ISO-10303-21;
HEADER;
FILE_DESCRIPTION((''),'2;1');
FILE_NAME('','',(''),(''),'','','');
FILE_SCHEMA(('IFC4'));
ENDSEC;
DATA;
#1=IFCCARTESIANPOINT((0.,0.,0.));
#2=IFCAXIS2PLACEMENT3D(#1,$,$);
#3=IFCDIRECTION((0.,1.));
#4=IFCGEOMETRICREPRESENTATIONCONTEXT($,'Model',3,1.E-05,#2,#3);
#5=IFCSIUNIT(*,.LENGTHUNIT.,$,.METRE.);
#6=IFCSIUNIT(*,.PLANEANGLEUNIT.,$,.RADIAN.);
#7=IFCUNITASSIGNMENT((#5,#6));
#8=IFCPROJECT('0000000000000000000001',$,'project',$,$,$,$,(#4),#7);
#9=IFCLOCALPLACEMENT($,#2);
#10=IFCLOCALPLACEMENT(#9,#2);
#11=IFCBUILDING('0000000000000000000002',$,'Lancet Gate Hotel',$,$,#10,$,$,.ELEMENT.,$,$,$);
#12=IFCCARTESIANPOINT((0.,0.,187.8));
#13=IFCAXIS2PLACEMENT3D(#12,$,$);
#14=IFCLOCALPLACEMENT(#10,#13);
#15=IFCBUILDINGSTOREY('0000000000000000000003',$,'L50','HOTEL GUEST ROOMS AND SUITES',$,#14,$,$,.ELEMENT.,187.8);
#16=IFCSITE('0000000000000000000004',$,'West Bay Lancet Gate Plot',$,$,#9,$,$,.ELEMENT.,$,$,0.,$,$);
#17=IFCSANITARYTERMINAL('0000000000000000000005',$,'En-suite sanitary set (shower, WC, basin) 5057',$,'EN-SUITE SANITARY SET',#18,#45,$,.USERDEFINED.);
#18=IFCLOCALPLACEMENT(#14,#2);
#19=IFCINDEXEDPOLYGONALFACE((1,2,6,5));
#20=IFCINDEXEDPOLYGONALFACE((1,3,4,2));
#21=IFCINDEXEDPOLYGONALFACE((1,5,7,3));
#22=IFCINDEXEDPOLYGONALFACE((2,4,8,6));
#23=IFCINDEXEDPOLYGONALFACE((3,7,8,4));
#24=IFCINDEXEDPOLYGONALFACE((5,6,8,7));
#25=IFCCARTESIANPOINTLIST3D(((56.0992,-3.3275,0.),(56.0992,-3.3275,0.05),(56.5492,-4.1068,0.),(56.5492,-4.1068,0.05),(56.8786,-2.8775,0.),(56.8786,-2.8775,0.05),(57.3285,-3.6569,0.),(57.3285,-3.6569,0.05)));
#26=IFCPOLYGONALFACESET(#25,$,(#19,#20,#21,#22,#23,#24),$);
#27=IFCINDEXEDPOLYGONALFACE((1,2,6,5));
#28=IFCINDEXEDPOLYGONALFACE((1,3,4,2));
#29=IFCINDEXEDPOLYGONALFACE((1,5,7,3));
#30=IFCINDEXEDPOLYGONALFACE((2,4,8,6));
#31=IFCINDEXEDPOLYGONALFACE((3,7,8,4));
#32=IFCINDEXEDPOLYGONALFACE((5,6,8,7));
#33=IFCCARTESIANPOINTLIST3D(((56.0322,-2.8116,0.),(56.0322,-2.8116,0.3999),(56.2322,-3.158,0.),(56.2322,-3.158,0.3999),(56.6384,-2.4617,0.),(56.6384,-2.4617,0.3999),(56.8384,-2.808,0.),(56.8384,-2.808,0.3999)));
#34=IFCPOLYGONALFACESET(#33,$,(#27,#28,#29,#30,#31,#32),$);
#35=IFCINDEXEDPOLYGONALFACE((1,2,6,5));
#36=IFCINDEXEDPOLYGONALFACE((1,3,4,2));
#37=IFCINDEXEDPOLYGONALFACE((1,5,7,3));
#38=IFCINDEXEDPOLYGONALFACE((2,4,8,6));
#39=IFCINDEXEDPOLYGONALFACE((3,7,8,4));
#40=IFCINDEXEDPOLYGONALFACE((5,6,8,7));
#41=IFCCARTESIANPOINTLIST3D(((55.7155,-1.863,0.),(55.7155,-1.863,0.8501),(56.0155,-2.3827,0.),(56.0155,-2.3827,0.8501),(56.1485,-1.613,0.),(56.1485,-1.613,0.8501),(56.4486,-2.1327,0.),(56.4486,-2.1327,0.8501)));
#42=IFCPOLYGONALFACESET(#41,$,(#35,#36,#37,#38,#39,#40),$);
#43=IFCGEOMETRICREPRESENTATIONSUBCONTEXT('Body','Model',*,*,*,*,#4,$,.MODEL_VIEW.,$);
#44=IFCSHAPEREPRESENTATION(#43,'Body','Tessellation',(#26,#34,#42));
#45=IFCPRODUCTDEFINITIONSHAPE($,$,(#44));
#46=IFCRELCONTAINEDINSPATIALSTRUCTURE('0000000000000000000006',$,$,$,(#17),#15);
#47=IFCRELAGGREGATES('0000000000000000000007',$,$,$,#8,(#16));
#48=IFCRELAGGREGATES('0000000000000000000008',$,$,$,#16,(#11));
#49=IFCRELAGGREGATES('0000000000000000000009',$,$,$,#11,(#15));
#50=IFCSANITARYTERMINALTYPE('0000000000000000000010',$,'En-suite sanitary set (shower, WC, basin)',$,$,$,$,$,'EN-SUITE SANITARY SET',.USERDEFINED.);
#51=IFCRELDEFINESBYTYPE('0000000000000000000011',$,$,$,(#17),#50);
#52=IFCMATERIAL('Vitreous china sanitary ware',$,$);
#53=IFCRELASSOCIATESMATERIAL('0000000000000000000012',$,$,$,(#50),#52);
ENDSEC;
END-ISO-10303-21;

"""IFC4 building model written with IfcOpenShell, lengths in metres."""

from ifc_helpers import new_model, si_unit, direction, frame, origin, origin_2d, place, context, subcontext, project, spatial, rectangle, extrude, material, type_object, element, save


model = new_model("IFC4")

# Units and contexts
model_context = context("Model", 3, precision=1e-05, world=origin(), true_north=direction((0.0, 1.0)))
body_context = subcontext(model_context, "Body", "Model", "MODEL_VIEW")
ifc_project = project(units=[si_unit("LENGTHUNIT", "METRE"), si_unit("PLANEANGLEUNIT", "RADIAN")], contexts=[model_context])

# Site, building, storey
site_placement = place(None, origin())
site = spatial("IfcSite", under=ifc_project, at=site_placement, Name="West Bay Lancet Gate Plot", CompositionType="ELEMENT", RefElevation=0.0)
building_placement = place(site_placement, origin())
building = spatial("IfcBuilding", under=site, at=building_placement, Name="Lancet Gate Hotel", CompositionType="ELEMENT")
storey_placement = place(building_placement, frame((0.0, 0.0, 187.8)))
storey = spatial("IfcBuildingStorey", under=building, at=storey_placement, Name="L50", Description="HOTEL GUEST ROOMS AND SUITES", CompositionType="ELEMENT", Elevation=187.8)

# Sanitary terminal
ifc_material_1 = material(Name="Vitreous china sanitary ware")
sanitary_terminal_type = type_object("IfcSanitaryTerminalType", Name="En-suite sanitary set (shower, WC, basin)", ElementType="EN-SUITE SANITARY SET", PredefinedType="USERDEFINED", material=ifc_material_1)
sanitary_terminal_placement = place(storey_placement, frame((56.7139, -3.4922, 0.0), z_axis=(0.0, 0.0, 1.0), x_axis=(1.0, 0.0, 0.0)))
element("IfcSanitaryTerminal", 1, at=sanitary_terminal_placement, inside=storey, type_object=sanitary_terminal_type, Name="En-suite sanitary set (shower, WC, basin) 5057", ObjectType="EN-SUITE SANITARY SET", PredefinedType="USERDEFINED", context=body_context, shape_type="SweptSolid", body=[
    extrude(rectangle(XDim=0.8999, YDim=0.8999, at=origin_2d()), frame((0.0, 0.0, 0.0), z_axis=(0.0, 0.0, 1.0), x_axis=(0.5, -0.866025, 0.0)), (0.0, 0.0, 1.0), 0.05),
    extrude(rectangle(XDim=0.3999, YDim=0.7, at=origin_2d()), frame((-0.2786, 0.6824, 0.0), z_axis=(0.0, 0.0, 1.0), x_axis=(0.5, -0.866025, 0.0)), (0.0, 0.0, 1.0), 0.3999),
    extrude(rectangle(XDim=0.6001, YDim=0.5, at=origin_2d()), frame((-0.6318, 1.4944, 0.0), z_axis=(0.0, 0.0, 1.0), x_axis=(0.5, -0.866025, 0.0)), (0.0, 0.0, 1.0), 0.8501),
])

save(model, "model.ifc")
